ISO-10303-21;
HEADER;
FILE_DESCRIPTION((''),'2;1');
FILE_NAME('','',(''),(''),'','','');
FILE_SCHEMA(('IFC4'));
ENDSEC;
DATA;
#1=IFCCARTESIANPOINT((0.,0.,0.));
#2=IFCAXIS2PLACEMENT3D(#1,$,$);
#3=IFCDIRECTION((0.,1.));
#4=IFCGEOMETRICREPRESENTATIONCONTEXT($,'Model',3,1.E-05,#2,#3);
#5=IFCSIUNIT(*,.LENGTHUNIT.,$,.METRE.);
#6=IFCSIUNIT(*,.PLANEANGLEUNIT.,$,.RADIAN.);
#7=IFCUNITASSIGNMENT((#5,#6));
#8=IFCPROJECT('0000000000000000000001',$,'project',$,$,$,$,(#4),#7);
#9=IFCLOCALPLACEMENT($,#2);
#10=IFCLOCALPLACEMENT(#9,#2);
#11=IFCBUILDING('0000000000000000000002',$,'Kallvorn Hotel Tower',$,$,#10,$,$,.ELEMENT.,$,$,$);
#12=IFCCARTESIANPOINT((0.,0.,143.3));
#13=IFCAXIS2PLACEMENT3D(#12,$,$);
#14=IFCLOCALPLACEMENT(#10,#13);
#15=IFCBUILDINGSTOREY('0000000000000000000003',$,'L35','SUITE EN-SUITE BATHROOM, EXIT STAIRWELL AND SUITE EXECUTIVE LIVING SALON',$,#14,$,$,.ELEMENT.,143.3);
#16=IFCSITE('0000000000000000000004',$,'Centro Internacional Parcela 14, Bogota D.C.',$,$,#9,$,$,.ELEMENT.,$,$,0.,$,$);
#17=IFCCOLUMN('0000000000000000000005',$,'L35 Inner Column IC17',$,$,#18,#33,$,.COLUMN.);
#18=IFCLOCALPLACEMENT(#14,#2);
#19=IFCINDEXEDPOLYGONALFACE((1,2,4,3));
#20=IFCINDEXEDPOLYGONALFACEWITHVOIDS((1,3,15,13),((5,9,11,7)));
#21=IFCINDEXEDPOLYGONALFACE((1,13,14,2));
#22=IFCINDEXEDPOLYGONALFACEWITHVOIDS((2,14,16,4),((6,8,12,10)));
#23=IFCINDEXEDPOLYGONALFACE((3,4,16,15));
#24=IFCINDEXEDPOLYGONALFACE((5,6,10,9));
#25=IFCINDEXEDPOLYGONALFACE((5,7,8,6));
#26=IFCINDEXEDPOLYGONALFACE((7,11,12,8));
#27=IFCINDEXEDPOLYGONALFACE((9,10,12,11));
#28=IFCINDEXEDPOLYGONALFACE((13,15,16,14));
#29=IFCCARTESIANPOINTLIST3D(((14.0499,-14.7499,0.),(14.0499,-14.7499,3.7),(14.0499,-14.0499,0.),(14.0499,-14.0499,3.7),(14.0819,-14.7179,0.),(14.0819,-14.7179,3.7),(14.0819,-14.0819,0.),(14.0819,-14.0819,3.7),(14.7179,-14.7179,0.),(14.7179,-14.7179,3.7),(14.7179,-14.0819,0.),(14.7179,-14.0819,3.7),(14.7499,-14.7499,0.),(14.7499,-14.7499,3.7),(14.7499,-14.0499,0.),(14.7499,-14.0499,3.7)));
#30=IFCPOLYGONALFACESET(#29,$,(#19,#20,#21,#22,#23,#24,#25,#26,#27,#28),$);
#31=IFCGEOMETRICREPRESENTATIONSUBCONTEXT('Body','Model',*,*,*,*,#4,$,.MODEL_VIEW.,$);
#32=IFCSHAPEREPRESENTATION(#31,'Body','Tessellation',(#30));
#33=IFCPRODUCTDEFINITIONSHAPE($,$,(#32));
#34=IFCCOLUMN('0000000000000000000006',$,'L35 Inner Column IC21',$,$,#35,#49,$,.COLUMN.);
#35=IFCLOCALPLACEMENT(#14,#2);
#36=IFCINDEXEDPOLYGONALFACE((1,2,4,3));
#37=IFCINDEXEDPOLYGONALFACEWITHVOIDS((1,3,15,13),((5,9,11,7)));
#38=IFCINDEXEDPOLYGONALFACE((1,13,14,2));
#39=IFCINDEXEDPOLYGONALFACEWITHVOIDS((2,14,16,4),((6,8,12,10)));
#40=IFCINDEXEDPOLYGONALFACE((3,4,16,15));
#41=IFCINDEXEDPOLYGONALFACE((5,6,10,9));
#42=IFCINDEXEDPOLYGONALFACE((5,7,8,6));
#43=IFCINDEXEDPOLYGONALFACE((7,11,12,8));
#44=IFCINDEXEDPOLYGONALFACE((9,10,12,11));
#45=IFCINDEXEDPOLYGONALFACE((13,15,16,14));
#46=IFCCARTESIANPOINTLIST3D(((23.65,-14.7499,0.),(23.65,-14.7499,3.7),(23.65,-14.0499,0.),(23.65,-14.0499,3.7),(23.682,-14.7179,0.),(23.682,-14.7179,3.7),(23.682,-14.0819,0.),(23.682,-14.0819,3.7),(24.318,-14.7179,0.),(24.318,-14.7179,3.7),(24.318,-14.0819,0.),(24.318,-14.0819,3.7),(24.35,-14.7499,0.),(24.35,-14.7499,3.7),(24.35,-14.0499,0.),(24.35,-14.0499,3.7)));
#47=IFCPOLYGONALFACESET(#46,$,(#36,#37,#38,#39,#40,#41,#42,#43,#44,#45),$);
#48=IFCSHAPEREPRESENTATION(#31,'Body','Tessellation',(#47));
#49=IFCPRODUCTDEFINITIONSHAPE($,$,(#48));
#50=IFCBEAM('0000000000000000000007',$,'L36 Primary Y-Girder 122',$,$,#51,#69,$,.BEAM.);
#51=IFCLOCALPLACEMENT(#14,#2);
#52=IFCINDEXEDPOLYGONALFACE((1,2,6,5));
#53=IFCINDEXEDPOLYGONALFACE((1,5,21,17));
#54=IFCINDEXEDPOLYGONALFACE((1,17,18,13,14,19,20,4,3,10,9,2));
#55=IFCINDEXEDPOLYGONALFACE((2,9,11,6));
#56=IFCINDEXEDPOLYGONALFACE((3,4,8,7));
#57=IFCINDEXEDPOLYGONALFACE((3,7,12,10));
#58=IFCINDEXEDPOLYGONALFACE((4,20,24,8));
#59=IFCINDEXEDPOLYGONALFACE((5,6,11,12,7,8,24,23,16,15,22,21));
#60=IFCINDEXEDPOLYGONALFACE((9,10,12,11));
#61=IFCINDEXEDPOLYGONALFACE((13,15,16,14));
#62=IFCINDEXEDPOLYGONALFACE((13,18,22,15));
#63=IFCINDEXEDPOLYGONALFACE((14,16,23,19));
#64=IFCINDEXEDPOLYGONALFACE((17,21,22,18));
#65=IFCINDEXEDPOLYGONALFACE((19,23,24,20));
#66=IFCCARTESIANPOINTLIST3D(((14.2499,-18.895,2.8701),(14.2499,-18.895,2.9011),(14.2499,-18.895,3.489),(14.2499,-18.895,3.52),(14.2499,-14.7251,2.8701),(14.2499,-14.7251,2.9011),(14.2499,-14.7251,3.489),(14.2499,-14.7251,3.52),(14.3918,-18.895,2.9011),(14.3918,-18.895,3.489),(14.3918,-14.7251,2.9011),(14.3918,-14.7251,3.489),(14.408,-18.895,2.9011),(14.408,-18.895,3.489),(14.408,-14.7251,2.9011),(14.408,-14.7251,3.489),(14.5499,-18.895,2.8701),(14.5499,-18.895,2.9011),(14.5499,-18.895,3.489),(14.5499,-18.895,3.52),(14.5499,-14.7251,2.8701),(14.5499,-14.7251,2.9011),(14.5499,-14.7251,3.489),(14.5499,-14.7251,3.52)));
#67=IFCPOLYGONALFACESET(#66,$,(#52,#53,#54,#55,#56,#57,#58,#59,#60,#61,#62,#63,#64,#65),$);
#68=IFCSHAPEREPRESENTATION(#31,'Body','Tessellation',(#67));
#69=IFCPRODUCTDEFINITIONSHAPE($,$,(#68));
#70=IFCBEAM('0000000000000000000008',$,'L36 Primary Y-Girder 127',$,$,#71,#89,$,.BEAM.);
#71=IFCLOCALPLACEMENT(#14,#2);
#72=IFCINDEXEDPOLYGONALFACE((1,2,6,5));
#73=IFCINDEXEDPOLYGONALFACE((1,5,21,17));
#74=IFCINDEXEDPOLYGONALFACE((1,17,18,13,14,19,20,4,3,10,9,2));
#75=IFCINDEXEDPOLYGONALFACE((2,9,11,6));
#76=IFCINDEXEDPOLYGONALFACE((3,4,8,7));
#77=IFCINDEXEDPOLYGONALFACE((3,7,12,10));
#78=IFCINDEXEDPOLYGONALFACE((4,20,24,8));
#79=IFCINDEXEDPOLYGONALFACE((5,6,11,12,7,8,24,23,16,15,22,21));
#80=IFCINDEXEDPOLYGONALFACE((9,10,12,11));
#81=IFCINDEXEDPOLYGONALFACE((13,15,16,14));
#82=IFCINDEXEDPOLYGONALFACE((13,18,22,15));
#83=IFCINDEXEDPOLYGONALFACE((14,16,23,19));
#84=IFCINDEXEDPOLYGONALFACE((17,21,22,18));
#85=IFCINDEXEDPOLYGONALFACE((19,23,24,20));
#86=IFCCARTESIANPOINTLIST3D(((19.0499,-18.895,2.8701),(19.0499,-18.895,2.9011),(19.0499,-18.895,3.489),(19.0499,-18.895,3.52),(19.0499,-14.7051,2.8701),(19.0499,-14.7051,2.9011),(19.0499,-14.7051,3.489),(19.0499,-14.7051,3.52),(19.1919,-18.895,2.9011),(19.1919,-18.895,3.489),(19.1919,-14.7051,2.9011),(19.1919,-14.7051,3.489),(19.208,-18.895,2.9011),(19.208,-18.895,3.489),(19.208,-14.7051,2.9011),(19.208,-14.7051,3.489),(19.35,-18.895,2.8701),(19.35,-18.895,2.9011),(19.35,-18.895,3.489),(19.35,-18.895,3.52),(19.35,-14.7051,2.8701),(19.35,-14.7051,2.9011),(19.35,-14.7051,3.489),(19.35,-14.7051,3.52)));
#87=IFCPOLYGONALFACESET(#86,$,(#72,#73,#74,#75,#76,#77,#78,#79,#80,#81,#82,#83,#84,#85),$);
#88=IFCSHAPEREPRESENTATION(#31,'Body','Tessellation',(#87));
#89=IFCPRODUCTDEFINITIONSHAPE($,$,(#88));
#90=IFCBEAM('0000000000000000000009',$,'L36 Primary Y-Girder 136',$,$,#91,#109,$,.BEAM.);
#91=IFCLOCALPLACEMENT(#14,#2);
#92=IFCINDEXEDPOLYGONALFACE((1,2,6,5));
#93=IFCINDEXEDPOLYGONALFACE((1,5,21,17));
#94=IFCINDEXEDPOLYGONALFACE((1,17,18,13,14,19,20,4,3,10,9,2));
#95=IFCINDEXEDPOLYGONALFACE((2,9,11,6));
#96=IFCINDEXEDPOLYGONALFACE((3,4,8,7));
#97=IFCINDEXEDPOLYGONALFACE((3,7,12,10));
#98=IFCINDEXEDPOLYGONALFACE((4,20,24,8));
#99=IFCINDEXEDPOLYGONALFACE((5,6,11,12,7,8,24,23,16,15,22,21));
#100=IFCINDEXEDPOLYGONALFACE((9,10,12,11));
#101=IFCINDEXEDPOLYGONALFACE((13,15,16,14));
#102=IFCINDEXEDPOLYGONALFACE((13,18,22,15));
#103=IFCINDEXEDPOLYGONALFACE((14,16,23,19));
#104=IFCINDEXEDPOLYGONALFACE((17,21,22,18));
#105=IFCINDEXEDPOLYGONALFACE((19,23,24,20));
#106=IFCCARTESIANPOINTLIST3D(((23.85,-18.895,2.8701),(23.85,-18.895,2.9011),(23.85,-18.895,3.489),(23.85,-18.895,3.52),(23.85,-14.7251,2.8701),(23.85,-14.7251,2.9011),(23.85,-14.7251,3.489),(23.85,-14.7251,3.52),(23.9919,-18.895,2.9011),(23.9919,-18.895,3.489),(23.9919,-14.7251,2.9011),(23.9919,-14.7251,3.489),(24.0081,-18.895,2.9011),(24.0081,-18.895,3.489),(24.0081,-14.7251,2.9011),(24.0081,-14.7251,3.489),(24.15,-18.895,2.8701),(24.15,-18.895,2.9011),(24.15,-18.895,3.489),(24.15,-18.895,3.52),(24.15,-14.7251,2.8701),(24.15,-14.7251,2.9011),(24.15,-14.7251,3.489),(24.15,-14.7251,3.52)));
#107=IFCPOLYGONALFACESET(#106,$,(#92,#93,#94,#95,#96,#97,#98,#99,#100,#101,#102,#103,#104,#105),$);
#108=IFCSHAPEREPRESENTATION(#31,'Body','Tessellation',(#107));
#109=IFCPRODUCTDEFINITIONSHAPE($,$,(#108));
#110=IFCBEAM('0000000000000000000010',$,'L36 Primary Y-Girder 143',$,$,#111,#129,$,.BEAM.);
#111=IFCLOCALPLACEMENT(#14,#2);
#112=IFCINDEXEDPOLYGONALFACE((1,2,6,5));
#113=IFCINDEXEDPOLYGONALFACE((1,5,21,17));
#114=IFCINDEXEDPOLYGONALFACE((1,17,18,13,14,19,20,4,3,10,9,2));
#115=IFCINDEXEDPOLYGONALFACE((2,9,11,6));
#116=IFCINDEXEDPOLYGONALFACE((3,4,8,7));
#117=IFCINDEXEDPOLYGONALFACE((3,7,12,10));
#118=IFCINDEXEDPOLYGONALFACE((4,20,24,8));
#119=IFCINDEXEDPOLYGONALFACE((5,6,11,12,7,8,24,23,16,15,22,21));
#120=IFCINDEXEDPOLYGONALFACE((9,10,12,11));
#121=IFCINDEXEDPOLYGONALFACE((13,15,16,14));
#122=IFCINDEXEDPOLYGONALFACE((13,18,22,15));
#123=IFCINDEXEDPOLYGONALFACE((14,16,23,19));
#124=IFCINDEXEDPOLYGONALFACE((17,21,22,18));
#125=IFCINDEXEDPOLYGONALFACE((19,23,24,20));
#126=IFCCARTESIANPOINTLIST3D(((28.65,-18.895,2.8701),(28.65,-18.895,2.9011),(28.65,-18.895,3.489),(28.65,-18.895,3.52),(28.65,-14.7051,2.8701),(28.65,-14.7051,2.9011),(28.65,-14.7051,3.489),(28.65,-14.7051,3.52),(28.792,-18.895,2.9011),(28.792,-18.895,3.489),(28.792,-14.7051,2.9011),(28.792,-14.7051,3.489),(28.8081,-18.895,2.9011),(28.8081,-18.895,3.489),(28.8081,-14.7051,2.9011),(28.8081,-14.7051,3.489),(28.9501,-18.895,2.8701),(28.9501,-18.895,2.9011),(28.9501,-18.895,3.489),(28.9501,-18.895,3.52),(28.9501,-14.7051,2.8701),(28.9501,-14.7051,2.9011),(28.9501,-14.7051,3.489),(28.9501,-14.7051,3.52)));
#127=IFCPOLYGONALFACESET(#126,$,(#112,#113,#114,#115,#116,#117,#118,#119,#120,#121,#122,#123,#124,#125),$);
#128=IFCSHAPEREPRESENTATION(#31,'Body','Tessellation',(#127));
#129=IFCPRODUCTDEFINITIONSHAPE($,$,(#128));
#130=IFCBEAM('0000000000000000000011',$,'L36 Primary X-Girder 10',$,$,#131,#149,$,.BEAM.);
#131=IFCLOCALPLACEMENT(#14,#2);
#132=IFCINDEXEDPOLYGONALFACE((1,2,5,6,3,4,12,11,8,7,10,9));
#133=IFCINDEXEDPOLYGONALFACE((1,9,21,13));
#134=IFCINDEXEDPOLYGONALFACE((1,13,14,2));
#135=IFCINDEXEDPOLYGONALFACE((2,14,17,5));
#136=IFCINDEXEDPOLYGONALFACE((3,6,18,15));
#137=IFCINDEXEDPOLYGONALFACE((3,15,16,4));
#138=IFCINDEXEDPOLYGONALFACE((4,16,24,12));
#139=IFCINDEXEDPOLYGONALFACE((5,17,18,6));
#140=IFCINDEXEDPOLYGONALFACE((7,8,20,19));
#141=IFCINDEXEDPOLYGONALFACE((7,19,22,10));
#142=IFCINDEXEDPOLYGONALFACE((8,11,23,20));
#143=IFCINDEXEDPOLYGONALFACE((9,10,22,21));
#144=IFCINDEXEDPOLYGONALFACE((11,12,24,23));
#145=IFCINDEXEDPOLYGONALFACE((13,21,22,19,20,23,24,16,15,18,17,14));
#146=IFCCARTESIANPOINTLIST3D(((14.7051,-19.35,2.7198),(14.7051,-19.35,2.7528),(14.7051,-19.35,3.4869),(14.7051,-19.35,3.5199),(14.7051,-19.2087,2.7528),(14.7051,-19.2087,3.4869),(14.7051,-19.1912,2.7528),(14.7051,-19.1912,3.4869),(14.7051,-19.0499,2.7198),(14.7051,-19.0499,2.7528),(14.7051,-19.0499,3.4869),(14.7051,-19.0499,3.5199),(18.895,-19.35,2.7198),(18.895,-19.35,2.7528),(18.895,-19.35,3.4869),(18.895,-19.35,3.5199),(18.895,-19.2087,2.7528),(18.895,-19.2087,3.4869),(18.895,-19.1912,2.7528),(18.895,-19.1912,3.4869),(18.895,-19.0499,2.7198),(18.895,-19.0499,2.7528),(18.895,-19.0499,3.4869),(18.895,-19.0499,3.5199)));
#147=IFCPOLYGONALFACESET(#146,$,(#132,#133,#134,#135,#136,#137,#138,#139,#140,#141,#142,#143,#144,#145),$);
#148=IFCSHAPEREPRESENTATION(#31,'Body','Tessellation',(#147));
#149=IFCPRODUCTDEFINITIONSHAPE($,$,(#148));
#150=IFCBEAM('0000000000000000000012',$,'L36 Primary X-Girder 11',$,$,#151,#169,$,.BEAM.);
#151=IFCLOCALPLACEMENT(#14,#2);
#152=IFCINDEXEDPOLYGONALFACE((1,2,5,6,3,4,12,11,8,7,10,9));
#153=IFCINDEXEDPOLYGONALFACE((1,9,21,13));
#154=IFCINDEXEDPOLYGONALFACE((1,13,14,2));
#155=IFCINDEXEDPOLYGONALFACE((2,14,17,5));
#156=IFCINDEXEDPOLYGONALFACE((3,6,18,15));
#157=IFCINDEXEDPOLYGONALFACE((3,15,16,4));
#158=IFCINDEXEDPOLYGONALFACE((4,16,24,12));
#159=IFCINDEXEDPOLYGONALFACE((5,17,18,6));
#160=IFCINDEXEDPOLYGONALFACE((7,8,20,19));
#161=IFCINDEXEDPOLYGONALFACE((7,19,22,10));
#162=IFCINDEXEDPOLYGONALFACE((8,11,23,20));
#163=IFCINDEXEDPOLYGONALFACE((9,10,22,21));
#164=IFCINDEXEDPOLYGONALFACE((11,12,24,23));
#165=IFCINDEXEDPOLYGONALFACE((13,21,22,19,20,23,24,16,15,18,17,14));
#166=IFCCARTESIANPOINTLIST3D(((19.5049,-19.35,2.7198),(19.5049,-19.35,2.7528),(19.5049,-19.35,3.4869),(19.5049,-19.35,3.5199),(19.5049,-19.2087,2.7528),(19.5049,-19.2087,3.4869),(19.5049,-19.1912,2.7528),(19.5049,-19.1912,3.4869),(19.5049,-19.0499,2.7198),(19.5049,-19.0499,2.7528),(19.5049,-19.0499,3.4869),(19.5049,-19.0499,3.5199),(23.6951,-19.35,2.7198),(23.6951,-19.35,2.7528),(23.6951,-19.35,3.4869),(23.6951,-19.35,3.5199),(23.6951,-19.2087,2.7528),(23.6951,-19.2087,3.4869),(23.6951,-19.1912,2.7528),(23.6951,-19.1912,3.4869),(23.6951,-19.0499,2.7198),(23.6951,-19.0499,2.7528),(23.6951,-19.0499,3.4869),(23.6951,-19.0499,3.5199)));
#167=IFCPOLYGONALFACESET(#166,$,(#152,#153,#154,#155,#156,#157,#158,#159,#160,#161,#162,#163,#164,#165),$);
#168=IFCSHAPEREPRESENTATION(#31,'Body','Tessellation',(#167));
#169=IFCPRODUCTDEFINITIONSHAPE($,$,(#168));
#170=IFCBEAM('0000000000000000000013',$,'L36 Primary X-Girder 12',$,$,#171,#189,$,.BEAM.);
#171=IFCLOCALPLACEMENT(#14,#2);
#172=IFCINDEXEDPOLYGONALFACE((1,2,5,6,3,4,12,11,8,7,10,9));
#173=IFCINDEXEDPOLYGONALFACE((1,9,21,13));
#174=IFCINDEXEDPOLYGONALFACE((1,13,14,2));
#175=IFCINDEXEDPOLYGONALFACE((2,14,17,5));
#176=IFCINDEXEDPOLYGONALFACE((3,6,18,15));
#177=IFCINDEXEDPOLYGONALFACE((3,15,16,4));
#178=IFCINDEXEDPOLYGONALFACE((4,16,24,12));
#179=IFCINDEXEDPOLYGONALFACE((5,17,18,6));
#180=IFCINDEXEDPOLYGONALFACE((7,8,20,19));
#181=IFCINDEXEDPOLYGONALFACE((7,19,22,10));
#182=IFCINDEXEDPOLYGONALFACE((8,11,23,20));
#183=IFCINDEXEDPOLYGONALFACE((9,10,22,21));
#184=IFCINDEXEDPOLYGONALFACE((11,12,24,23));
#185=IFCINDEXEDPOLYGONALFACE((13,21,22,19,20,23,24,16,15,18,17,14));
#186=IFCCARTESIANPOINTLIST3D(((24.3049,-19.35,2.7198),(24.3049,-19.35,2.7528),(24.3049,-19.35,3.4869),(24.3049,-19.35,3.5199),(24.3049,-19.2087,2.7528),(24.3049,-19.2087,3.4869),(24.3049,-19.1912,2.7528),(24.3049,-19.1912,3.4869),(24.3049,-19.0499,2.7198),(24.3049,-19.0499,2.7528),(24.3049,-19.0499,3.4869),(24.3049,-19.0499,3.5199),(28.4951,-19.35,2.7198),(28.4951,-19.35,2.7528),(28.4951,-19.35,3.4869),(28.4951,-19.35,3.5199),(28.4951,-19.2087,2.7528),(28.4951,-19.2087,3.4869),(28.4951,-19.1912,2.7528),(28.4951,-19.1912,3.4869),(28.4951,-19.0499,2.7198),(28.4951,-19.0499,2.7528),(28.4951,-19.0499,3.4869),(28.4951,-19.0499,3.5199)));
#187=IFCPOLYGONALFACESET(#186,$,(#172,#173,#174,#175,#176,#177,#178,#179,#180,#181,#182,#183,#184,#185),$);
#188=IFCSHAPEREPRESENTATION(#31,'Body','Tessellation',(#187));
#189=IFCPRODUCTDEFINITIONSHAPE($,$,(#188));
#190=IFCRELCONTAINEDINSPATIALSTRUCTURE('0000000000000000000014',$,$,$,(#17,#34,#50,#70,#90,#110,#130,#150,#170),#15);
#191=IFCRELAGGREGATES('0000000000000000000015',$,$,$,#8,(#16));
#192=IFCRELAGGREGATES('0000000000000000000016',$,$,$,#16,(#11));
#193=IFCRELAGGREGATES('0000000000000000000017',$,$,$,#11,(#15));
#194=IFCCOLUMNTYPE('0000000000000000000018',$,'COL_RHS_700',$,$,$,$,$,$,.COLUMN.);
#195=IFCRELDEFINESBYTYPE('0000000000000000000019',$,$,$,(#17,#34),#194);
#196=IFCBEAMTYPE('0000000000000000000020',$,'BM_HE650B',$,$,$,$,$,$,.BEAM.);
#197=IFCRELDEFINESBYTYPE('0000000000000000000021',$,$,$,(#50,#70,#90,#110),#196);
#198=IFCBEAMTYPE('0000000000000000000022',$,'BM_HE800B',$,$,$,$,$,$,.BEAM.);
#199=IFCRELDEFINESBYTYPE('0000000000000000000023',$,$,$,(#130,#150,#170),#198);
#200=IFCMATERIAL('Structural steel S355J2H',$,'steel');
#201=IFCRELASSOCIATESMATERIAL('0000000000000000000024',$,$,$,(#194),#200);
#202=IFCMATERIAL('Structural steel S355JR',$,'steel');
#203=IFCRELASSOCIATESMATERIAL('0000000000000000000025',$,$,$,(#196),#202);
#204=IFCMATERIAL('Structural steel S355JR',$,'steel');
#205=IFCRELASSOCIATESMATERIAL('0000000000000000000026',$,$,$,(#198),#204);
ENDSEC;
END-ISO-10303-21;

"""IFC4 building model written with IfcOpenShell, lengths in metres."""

from ifc_helpers import new_model, si_unit, direction, frame, origin, origin_2d, place, context, subcontext, project, spatial, hollow_rectangle, i_section, extrude, material, material_profile, profile_set, type_object, element, save


model = new_model("IFC4")

# Units and contexts
model_context = context("Model", 3, precision=1e-05, world=origin(), true_north=direction((0.0, 1.0)))
body_context = subcontext(model_context, "Body", "Model", "MODEL_VIEW")
ifc_project = project(units=[si_unit("LENGTHUNIT", "METRE"), si_unit("PLANEANGLEUNIT", "RADIAN")], contexts=[model_context])

# Site, building, storey
site_placement = place(None, origin())
site = spatial("IfcSite", under=ifc_project, at=site_placement, Name="Centro Internacional Parcela 14, Bogota D.C.", CompositionType="ELEMENT", RefElevation=0.0)
building_placement = place(site_placement, origin())
building = spatial("IfcBuilding", under=site, at=building_placement, Name="Kallvorn Hotel Tower", CompositionType="ELEMENT")
storey_placement = place(building_placement, frame((0.0, 0.0, 143.3)))
storey = spatial("IfcBuildingStorey", under=building, at=storey_placement, Name="L35", Description="SUITE EN-SUITE BATHROOM, EXIT STAIRWELL AND SUITE EXECUTIVE LIVING SALON", CompositionType="ELEMENT", Elevation=143.3)

# Columns
ifc_material_1 = material(Name="Structural steel S355J2H", Category="steel")
ifc_material_profile_1 = material_profile(ifc_material_1, hollow_rectangle(XDim=0.7, YDim=0.7, WallThickness=0.032, at=origin_2d()), Name="RHS 700x700x32")
ifc_profile_set_1 = profile_set([ifc_material_profile_1], Name="Structural steel S355J2H")
column_type_1 = type_object("IfcColumnType", Name="COL_RHS_700", PredefinedType="COLUMN", material=ifc_profile_set_1)
for number, where, z_axis, x_axis, name in (
    (1, (14.3999, -14.3999, 0.0), (0.0, 0.0, 1.0), (1.0, 0.0, 0.0), "L35 Inner Column IC17"),
    (2, (24.0, -14.3999, 0.0), (0.0, 0.0, 1.0), (1.0, 0.0, 0.0), "L35 Inner Column IC21"),
):
    element("IfcColumn", number, at=place(storey_placement, frame(where, z_axis=z_axis, x_axis=x_axis)), inside=storey, type_object=column_type_1, Name=name, PredefinedType="COLUMN", context=body_context, shape_type="SweptSolid", body=[
        extrude(hollow_rectangle(XDim=0.7, YDim=0.7, WallThickness=0.032, at=origin_2d()), origin(), (0.0, 0.0, 1.0), 3.7),
    ])

# Beams
ifc_material_2 = material(Name="Structural steel S355JR", Category="steel")
ifc_material_profile_2 = material_profile(ifc_material_2, i_section(OverallWidth=0.3, OverallDepth=0.6499, WebThickness=0.0161, FlangeThickness=0.031, at=origin_2d()), Name="HE 650 B")
ifc_profile_set_2 = profile_set([ifc_material_profile_2], Name="Structural steel S355JR")
beam_type_1 = type_object("IfcBeamType", Name="BM_HE650B", PredefinedType="BEAM", material=ifc_profile_set_2)
beam_1_placement = place(storey_placement, frame((14.3999, -18.895, 3.1951), z_axis=(0.0, 1.0, 0.0), x_axis=(-1.0, 0.0, 0.0)))
element("IfcBeam", 3, at=beam_1_placement, inside=storey, type_object=beam_type_1, Name="L36 Primary Y-Girder 122", PredefinedType="BEAM", context=body_context, shape_type="SweptSolid", body=[
    extrude(i_section(OverallWidth=0.3, OverallDepth=0.6499, WebThickness=0.0161, FlangeThickness=0.031, at=origin_2d()), origin(), (0.0, 0.0, 1.0), 4.1699),
])
beam_2_placement = place(storey_placement, frame((19.2, -18.895, 3.1951), z_axis=(0.0, 1.0, 0.0), x_axis=(-1.0, 0.0, 0.0)))
element("IfcBeam", 4, at=beam_2_placement, inside=storey, type_object=beam_type_1, Name="L36 Primary Y-Girder 127", PredefinedType="BEAM", context=body_context, shape_type="SweptSolid", body=[
    extrude(i_section(OverallWidth=0.3, OverallDepth=0.6499, WebThickness=0.0161, FlangeThickness=0.031, at=origin_2d()), origin(), (0.0, 0.0, 1.0), 4.1899),
])
beam_3_placement = place(storey_placement, frame((24.0, -18.895, 3.1951), z_axis=(0.0, 1.0, 0.0), x_axis=(-1.0, 0.0, 0.0)))
element("IfcBeam", 5, at=beam_3_placement, inside=storey, type_object=beam_type_1, Name="L36 Primary Y-Girder 136", PredefinedType="BEAM", context=body_context, shape_type="SweptSolid", body=[
    extrude(i_section(OverallWidth=0.3, OverallDepth=0.6499, WebThickness=0.0161, FlangeThickness=0.031, at=origin_2d()), origin(), (0.0, 0.0, 1.0), 4.1699),
])
beam_4_placement = place(storey_placement, frame((28.8, -18.895, 3.1951), z_axis=(0.0, 1.0, 0.0), x_axis=(-1.0, 0.0, 0.0)))
element("IfcBeam", 6, at=beam_4_placement, inside=storey, type_object=beam_type_1, Name="L36 Primary Y-Girder 143", PredefinedType="BEAM", context=body_context, shape_type="SweptSolid", body=[
    extrude(i_section(OverallWidth=0.3, OverallDepth=0.6499, WebThickness=0.0161, FlangeThickness=0.031, at=origin_2d()), origin(), (0.0, 0.0, 1.0), 4.1899),
])
ifc_material_3 = material(Name="Structural steel S355JR", Category="steel")
ifc_material_profile_3 = material_profile(ifc_material_3, i_section(OverallWidth=0.3, OverallDepth=0.8, WebThickness=0.0176, FlangeThickness=0.033, at=origin_2d()), Name="HE 800 B")
ifc_profile_set_3 = profile_set([ifc_material_profile_3], Name="Structural steel S355JR")
beam_type_2 = type_object("IfcBeamType", Name="BM_HE800B", PredefinedType="BEAM", material=ifc_profile_set_3)
beam_5_placement = place(storey_placement, frame((14.7051, -19.2, 3.1199), z_axis=(1.0, 0.0, 0.0), x_axis=(0.0, 1.0, 0.0)))
element("IfcBeam", 7, at=beam_5_placement, inside=storey, type_object=beam_type_2, Name="L36 Primary X-Girder 10", PredefinedType="BEAM", context=body_context, shape_type="SweptSolid", body=[
    extrude(i_section(OverallWidth=0.3, OverallDepth=0.8, WebThickness=0.0176, FlangeThickness=0.033, at=origin_2d()), origin(), (0.0, 0.0, 1.0), 4.1899),
])
for number, where, z_axis, x_axis, name in (
    (8, (19.5049, -19.2, 3.1199), (1.0, 0.0, 0.0), (0.0, 1.0, 0.0), "L36 Primary X-Girder 11"),
    (9, (24.3049, -19.2, 3.1199), (1.0, 0.0, 0.0), (0.0, 1.0, 0.0), "L36 Primary X-Girder 12"),
):
    element("IfcBeam", number, at=place(storey_placement, frame(where, z_axis=z_axis, x_axis=x_axis)), inside=storey, type_object=beam_type_2, Name=name, PredefinedType="BEAM", context=body_context, shape_type="SweptSolid", body=[
        extrude(i_section(OverallWidth=0.3, OverallDepth=0.8, WebThickness=0.0176, FlangeThickness=0.033, at=origin_2d()), origin(), (0.0, 0.0, 1.0), 4.1902),
    ])

save(model, "model.ifc")
